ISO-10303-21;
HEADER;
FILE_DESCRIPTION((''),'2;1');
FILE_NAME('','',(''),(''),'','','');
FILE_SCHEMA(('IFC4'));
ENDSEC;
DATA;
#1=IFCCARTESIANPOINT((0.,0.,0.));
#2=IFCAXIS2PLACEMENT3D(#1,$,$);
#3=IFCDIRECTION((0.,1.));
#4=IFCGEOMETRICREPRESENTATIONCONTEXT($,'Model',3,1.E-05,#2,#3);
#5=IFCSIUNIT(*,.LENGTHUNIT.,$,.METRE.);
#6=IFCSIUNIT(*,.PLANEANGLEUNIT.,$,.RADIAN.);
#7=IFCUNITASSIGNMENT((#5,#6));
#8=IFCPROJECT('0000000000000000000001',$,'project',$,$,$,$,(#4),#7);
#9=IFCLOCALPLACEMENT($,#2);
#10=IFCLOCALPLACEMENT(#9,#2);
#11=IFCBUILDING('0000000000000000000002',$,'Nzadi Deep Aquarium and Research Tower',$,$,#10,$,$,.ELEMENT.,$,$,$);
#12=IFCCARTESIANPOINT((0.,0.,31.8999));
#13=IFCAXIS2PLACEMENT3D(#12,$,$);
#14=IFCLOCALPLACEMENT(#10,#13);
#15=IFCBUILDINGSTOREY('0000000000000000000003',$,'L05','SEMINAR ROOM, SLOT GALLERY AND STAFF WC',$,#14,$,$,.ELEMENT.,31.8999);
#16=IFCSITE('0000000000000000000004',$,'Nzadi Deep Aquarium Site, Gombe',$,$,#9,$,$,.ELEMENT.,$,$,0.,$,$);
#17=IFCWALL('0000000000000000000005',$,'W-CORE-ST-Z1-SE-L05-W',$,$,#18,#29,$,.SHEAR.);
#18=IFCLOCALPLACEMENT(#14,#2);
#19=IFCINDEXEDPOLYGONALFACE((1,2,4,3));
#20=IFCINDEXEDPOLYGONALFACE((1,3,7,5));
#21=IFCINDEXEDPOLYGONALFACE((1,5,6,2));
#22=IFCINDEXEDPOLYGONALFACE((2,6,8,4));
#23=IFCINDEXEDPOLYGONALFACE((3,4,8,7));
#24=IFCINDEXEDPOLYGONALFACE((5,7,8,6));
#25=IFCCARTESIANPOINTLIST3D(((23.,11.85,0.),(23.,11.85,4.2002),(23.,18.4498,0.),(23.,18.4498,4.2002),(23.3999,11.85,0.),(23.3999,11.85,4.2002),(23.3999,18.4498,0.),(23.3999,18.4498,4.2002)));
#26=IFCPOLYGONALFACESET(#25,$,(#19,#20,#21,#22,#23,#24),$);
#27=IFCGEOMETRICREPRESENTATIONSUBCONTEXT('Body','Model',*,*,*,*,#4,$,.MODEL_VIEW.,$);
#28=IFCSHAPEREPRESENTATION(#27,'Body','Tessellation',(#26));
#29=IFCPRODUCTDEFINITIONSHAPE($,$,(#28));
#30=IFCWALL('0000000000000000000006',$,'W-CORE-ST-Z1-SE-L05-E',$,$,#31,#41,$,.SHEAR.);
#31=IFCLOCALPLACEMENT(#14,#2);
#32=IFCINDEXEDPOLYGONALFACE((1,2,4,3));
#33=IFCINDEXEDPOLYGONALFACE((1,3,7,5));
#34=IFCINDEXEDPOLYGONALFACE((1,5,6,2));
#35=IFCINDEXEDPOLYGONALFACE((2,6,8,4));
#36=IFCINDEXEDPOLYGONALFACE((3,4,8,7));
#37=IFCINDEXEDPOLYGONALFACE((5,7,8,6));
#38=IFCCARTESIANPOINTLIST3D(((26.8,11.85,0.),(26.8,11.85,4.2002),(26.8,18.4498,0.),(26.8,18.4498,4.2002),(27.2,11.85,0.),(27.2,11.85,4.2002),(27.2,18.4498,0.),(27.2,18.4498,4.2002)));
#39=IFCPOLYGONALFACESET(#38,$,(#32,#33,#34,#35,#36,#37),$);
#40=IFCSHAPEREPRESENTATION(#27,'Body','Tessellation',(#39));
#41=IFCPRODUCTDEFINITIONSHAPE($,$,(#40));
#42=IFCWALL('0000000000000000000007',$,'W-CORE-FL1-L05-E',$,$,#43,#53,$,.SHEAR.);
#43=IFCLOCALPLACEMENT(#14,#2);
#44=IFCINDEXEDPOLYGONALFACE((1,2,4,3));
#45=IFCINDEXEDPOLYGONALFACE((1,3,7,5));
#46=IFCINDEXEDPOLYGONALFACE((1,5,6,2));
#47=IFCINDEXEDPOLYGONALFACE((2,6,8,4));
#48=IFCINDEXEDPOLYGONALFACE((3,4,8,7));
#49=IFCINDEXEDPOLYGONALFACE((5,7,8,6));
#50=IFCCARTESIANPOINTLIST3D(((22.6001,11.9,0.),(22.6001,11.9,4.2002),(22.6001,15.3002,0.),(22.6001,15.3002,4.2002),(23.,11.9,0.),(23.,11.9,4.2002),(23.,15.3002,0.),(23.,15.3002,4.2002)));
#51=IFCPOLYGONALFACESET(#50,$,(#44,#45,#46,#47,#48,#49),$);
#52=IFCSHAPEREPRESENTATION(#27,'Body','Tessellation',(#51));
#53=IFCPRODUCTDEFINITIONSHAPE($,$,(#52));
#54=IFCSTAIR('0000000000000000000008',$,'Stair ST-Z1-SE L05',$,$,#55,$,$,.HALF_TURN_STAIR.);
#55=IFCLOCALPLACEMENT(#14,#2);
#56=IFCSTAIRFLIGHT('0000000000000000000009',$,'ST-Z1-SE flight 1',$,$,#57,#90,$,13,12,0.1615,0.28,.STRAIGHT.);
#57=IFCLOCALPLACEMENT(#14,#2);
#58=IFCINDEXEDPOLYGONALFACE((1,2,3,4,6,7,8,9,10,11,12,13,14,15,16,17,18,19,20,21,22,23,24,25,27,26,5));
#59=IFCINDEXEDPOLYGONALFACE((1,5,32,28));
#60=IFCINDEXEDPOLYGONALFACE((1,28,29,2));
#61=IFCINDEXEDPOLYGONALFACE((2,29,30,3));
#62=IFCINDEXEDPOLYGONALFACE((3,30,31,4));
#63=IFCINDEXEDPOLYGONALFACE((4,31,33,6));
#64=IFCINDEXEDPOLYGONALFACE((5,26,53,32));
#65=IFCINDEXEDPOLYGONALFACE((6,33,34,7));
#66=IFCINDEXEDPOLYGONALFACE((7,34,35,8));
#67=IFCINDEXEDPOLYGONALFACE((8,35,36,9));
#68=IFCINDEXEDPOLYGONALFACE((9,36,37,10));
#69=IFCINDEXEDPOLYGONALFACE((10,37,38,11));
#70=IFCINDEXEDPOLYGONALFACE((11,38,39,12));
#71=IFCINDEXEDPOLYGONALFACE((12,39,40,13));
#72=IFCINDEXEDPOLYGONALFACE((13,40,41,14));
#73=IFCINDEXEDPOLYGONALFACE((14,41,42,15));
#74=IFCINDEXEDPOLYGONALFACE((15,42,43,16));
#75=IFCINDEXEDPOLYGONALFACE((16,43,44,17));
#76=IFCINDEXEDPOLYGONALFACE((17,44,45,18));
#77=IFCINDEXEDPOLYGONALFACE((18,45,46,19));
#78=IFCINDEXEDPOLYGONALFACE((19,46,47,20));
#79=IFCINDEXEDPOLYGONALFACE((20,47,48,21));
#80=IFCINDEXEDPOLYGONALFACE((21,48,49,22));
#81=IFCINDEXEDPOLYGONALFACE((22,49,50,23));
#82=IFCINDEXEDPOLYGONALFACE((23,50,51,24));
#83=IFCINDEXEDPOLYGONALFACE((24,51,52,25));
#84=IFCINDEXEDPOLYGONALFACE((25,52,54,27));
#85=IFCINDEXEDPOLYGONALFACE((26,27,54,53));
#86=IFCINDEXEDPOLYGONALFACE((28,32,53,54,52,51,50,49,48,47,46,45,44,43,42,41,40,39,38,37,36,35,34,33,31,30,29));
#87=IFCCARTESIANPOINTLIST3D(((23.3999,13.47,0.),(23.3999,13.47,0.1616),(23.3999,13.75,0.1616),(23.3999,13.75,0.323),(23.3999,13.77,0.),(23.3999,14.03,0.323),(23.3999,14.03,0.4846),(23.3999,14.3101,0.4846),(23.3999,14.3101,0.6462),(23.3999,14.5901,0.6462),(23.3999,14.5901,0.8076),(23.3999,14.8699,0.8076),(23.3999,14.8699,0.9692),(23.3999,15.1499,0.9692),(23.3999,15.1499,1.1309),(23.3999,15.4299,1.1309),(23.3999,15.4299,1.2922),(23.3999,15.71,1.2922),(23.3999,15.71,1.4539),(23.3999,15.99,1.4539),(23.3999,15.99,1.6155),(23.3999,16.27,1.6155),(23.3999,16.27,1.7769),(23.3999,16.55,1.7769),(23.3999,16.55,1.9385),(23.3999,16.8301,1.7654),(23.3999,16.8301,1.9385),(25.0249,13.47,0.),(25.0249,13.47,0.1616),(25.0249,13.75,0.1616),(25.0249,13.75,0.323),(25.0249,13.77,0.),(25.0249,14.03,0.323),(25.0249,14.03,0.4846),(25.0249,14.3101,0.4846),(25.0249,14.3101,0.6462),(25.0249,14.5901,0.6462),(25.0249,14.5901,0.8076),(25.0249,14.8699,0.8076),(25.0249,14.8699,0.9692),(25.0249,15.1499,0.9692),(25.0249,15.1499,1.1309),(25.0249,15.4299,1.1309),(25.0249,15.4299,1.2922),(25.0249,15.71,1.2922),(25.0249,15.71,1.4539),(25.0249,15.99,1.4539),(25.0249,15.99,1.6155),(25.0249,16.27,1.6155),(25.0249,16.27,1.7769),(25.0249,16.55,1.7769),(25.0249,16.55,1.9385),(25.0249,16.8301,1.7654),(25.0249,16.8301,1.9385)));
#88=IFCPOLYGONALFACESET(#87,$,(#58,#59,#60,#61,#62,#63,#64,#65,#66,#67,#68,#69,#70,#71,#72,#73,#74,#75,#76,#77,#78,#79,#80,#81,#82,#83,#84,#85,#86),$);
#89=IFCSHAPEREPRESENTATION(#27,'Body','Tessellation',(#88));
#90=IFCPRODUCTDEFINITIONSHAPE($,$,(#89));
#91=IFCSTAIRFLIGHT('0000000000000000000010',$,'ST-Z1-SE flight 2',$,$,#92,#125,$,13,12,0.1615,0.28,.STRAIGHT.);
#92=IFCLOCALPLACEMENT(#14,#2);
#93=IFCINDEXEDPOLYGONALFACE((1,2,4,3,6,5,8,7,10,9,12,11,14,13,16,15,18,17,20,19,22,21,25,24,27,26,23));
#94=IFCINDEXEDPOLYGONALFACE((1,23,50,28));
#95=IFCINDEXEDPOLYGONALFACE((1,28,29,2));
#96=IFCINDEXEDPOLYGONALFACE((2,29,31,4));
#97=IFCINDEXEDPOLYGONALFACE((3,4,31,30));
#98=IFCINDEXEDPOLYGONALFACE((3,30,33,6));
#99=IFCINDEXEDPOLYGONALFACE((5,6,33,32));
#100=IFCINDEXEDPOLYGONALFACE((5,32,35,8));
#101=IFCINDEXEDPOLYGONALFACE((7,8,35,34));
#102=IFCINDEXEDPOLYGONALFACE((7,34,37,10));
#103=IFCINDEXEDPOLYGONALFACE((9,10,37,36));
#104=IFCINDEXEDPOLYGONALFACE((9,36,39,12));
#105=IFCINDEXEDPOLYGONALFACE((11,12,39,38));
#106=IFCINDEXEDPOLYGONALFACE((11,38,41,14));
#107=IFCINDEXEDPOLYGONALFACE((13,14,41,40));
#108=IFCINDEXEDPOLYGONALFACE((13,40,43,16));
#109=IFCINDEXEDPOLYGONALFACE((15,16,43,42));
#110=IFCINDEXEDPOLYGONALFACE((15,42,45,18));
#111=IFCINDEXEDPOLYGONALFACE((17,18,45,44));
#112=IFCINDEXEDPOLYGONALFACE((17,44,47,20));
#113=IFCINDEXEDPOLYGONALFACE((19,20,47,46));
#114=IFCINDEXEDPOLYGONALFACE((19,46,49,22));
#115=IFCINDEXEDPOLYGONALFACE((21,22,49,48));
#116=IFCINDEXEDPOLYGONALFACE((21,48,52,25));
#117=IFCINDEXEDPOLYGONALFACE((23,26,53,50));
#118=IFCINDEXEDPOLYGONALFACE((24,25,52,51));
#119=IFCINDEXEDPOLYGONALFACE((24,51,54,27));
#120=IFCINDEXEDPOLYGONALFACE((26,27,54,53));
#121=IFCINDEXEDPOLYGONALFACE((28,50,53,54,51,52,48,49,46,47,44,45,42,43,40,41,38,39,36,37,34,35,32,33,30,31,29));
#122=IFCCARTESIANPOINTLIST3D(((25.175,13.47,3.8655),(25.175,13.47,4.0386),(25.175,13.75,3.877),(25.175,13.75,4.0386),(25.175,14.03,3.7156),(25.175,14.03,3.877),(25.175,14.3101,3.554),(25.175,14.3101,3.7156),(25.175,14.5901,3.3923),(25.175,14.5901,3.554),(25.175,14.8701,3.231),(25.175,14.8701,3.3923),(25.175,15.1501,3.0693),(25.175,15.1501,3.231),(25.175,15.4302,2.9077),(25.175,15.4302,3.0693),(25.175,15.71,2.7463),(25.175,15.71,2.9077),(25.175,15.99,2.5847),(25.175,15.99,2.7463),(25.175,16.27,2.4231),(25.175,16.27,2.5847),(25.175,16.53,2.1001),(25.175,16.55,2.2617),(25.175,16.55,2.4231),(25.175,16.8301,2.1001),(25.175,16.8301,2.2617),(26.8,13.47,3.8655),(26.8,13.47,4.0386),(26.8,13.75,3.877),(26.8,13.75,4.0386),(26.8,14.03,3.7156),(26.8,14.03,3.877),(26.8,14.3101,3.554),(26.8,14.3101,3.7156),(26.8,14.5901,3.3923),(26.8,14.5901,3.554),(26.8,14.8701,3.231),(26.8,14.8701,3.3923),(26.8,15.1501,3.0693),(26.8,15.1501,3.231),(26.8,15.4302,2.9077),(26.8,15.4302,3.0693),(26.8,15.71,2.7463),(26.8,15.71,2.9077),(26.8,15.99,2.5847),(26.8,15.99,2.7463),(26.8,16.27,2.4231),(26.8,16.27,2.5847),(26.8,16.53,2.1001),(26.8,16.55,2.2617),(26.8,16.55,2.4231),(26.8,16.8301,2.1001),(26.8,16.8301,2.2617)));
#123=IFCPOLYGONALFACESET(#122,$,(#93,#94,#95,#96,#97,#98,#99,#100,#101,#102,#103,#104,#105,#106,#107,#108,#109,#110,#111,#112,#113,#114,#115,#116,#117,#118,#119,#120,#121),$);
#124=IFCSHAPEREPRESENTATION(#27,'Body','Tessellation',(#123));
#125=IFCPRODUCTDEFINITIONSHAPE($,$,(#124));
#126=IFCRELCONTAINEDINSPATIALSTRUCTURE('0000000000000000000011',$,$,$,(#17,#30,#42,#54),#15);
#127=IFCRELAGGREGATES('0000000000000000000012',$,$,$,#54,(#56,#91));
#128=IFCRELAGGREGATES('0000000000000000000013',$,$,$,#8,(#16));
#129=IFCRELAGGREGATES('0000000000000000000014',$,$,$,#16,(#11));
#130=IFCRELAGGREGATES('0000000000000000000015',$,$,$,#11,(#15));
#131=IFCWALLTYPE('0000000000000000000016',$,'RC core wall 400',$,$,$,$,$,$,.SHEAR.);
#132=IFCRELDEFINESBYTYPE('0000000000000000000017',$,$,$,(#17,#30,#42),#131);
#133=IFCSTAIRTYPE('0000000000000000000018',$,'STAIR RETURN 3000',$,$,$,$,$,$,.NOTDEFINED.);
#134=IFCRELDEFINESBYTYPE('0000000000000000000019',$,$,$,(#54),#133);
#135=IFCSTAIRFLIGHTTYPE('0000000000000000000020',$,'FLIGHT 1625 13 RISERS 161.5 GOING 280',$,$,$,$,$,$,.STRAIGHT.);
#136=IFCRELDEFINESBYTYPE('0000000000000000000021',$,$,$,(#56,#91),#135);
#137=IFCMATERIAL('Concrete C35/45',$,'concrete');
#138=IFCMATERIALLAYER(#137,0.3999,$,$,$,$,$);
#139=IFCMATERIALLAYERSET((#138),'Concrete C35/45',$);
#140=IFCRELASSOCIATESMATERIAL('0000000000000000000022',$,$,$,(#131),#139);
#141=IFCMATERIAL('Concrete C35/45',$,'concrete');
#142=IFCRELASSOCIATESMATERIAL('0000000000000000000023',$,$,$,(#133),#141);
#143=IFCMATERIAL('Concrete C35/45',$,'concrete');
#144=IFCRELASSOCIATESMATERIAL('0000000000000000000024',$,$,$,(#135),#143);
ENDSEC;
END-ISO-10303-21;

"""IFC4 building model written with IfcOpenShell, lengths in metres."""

from ifc_helpers import new_model, si_unit, direction, frame, frame_2d, origin, place, context, subcontext, project, spatial, polyline, rectangle, outline, extrude, material, layer, layer_set, type_object, element, aggregate, save


model = new_model("IFC4")

# Units and contexts
model_context = context("Model", 3, precision=1e-05, world=origin(), true_north=direction((0.0, 1.0)))
body_context = subcontext(model_context, "Body", "Model", "MODEL_VIEW")
ifc_project = project(units=[si_unit("LENGTHUNIT", "METRE"), si_unit("PLANEANGLEUNIT", "RADIAN")], contexts=[model_context])

# Site, building, storey
site_placement = place(None, origin())
site = spatial("IfcSite", under=ifc_project, at=site_placement, Name="Nzadi Deep Aquarium Site, Gombe", CompositionType="ELEMENT", RefElevation=0.0)
building_placement = place(site_placement, origin())
building = spatial("IfcBuilding", under=site, at=building_placement, Name="Nzadi Deep Aquarium and Research Tower", CompositionType="ELEMENT")
storey_placement = place(building_placement, frame((0.0, 0.0, 31.8999)))
storey = spatial("IfcBuildingStorey", under=building, at=storey_placement, Name="L05", Description="SEMINAR ROOM, SLOT GALLERY AND STAFF WC", CompositionType="ELEMENT", Elevation=31.8999)

# Walls
ifc_material_1 = material(Name="Concrete C35/45", Category="concrete")
ifc_layer_1 = layer(ifc_material_1, 0.3999)
ifc_layer_set_1 = layer_set([ifc_layer_1], Name="Concrete C35/45")
wall_type_1 = type_object("IfcWallType", Name="RC core wall 400", PredefinedType="SHEAR", material=ifc_layer_set_1)
for number, where, z_axis, x_axis, name in (
    (1, (23.2, 11.8501, 0.0), (0.0, 0.0, 1.0), (0.0, 1.0, 0.0), "W-CORE-ST-Z1-SE-L05-W"),
    (2, (27.0, 11.8501, 0.0), (0.0, 0.0, 1.0), (0.0, 1.0, 0.0), "W-CORE-ST-Z1-SE-L05-E"),
):
    element("IfcWall", number, at=place(storey_placement, frame(where, z_axis=z_axis, x_axis=x_axis)), inside=storey, type_object=wall_type_1, Name=name, PredefinedType="SHEAR", context=body_context, shape_type="SweptSolid", body=[
        extrude(rectangle(XDim=6.5999, YDim=0.3999, at=frame_2d((3.2998, 0.0))), origin(), (0.0, 0.0, 1.0), 4.2002),
    ])
wall_1_placement = place(storey_placement, frame((22.8, 11.8999, 0.0), z_axis=(0.0, 0.0, 1.0), x_axis=(0.0, 1.0, 0.0)))
element("IfcWall", 3, at=wall_1_placement, inside=storey, type_object=wall_type_1, Name="W-CORE-FL1-L05-E", PredefinedType="SHEAR", context=body_context, shape_type="SweptSolid", body=[
    extrude(rectangle(XDim=3.4001, YDim=0.3999, at=frame_2d((1.7002, 0.0))), origin(), (0.0, 0.0, 1.0), 4.2002),
])

# Stair, stair flights
ifc_material_2 = material(Name="Concrete C35/45", Category="concrete")
stair_type = type_object("IfcStairType", Name="STAIR RETURN 3000", PredefinedType="NOTDEFINED", material=ifc_material_2)
stair_placement = place(storey_placement, origin())
stair = element("IfcStair", 4, at=stair_placement, inside=storey, type_object=stair_type, Name="Stair ST-Z1-SE L05", PredefinedType="HALF_TURN_STAIR")
ifc_material_3 = material(Name="Concrete C35/45", Category="concrete")
stair_flight_type = type_object("IfcStairFlightType", Name="FLIGHT 1625 13 RISERS 161.5 GOING 280", PredefinedType="STRAIGHT", material=ifc_material_3)
stair_flight_1_placement = place(storey_placement, frame((24.2124, 13.47, 0.0), z_axis=(0.0, 0.0, 1.0), x_axis=(0.0, 1.0, 0.0)))
stair_flight_1 = element("IfcStairFlight", 5, at=stair_flight_1_placement, type_object=stair_flight_type, Name="ST-Z1-SE flight 1", NumberOfRisers=13, NumberOfTreads=12, PredefinedType="STRAIGHT", RiserHeight=0.1615, TreadLength=0.28, context=body_context, shape_type="SweptSolid", body=[
    extrude(outline(polyline([(0.0, 0.0), (0.0, 0.1616), (0.28, 0.1616), (0.28, 0.323), (0.5601, 0.323), (0.5601, 0.4846), (0.8401, 0.4846), (0.8401, 0.6462), (1.1201, 0.6462), (1.1201, 0.8076), (1.3999, 0.8076), (1.3999, 0.9692), (1.6799, 0.9692), (1.6799, 1.1309), (1.96, 1.1309), (1.96, 1.2922), (2.24, 1.2922), (2.24, 1.4539), (2.52, 1.4539), (2.52, 1.6155), (2.8, 1.6155), (2.8, 1.7769), (3.0801, 1.7769), (3.0801, 1.9385), (3.3601, 1.9385), (3.3601, 2.1001), (3.3601, 1.7654), (0.3, 0.0), (0.0, 0.0)])), frame((0.0, 0.8125, 0.0), z_axis=(0.0, -1.0, 0.0), x_axis=(1.0, 0.0, 0.0)), (0.0, 0.0, 1.0), 1.625),
])
stair_flight_2_placement = place(storey_placement, frame((25.9875, 16.8301, 2.1001), z_axis=(0.0, 0.0, 1.0), x_axis=(0.0, -1.0, 0.0)))
stair_flight_2 = element("IfcStairFlight", 6, at=stair_flight_2_placement, type_object=stair_flight_type, Name="ST-Z1-SE flight 2", NumberOfRisers=13, NumberOfTreads=12, PredefinedType="STRAIGHT", RiserHeight=0.1615, TreadLength=0.28, context=body_context, shape_type="SweptSolid", body=[
    extrude(outline(polyline([(0.0, 0.0), (0.0, 0.1616), (0.28, 0.1616), (0.28, 0.323), (0.5601, 0.323), (0.5601, 0.4846), (0.8401, 0.4846), (0.8401, 0.6462), (1.1201, 0.6462), (1.1201, 0.8076), (1.3999, 0.8076), (1.3999, 0.9692), (1.6799, 0.9692), (1.6799, 1.1309), (1.96, 1.1309), (1.96, 1.2922), (2.24, 1.2922), (2.24, 1.4539), (2.52, 1.4539), (2.52, 1.6155), (2.8, 1.6155), (2.8, 1.7769), (3.0801, 1.7769), (3.0801, 1.9385), (3.3601, 1.9385), (3.3601, 2.1001), (3.3601, 1.7654), (0.3, 0.0), (0.0, 0.0)])), frame((0.0, 0.8125, 0.0), z_axis=(0.0, -1.0, 0.0), x_axis=(1.0, 0.0, 0.0)), (0.0, 0.0, 1.0), 1.625),
])
aggregate(stair, [stair_flight_1, stair_flight_2])

save(model, "model.ifc")
